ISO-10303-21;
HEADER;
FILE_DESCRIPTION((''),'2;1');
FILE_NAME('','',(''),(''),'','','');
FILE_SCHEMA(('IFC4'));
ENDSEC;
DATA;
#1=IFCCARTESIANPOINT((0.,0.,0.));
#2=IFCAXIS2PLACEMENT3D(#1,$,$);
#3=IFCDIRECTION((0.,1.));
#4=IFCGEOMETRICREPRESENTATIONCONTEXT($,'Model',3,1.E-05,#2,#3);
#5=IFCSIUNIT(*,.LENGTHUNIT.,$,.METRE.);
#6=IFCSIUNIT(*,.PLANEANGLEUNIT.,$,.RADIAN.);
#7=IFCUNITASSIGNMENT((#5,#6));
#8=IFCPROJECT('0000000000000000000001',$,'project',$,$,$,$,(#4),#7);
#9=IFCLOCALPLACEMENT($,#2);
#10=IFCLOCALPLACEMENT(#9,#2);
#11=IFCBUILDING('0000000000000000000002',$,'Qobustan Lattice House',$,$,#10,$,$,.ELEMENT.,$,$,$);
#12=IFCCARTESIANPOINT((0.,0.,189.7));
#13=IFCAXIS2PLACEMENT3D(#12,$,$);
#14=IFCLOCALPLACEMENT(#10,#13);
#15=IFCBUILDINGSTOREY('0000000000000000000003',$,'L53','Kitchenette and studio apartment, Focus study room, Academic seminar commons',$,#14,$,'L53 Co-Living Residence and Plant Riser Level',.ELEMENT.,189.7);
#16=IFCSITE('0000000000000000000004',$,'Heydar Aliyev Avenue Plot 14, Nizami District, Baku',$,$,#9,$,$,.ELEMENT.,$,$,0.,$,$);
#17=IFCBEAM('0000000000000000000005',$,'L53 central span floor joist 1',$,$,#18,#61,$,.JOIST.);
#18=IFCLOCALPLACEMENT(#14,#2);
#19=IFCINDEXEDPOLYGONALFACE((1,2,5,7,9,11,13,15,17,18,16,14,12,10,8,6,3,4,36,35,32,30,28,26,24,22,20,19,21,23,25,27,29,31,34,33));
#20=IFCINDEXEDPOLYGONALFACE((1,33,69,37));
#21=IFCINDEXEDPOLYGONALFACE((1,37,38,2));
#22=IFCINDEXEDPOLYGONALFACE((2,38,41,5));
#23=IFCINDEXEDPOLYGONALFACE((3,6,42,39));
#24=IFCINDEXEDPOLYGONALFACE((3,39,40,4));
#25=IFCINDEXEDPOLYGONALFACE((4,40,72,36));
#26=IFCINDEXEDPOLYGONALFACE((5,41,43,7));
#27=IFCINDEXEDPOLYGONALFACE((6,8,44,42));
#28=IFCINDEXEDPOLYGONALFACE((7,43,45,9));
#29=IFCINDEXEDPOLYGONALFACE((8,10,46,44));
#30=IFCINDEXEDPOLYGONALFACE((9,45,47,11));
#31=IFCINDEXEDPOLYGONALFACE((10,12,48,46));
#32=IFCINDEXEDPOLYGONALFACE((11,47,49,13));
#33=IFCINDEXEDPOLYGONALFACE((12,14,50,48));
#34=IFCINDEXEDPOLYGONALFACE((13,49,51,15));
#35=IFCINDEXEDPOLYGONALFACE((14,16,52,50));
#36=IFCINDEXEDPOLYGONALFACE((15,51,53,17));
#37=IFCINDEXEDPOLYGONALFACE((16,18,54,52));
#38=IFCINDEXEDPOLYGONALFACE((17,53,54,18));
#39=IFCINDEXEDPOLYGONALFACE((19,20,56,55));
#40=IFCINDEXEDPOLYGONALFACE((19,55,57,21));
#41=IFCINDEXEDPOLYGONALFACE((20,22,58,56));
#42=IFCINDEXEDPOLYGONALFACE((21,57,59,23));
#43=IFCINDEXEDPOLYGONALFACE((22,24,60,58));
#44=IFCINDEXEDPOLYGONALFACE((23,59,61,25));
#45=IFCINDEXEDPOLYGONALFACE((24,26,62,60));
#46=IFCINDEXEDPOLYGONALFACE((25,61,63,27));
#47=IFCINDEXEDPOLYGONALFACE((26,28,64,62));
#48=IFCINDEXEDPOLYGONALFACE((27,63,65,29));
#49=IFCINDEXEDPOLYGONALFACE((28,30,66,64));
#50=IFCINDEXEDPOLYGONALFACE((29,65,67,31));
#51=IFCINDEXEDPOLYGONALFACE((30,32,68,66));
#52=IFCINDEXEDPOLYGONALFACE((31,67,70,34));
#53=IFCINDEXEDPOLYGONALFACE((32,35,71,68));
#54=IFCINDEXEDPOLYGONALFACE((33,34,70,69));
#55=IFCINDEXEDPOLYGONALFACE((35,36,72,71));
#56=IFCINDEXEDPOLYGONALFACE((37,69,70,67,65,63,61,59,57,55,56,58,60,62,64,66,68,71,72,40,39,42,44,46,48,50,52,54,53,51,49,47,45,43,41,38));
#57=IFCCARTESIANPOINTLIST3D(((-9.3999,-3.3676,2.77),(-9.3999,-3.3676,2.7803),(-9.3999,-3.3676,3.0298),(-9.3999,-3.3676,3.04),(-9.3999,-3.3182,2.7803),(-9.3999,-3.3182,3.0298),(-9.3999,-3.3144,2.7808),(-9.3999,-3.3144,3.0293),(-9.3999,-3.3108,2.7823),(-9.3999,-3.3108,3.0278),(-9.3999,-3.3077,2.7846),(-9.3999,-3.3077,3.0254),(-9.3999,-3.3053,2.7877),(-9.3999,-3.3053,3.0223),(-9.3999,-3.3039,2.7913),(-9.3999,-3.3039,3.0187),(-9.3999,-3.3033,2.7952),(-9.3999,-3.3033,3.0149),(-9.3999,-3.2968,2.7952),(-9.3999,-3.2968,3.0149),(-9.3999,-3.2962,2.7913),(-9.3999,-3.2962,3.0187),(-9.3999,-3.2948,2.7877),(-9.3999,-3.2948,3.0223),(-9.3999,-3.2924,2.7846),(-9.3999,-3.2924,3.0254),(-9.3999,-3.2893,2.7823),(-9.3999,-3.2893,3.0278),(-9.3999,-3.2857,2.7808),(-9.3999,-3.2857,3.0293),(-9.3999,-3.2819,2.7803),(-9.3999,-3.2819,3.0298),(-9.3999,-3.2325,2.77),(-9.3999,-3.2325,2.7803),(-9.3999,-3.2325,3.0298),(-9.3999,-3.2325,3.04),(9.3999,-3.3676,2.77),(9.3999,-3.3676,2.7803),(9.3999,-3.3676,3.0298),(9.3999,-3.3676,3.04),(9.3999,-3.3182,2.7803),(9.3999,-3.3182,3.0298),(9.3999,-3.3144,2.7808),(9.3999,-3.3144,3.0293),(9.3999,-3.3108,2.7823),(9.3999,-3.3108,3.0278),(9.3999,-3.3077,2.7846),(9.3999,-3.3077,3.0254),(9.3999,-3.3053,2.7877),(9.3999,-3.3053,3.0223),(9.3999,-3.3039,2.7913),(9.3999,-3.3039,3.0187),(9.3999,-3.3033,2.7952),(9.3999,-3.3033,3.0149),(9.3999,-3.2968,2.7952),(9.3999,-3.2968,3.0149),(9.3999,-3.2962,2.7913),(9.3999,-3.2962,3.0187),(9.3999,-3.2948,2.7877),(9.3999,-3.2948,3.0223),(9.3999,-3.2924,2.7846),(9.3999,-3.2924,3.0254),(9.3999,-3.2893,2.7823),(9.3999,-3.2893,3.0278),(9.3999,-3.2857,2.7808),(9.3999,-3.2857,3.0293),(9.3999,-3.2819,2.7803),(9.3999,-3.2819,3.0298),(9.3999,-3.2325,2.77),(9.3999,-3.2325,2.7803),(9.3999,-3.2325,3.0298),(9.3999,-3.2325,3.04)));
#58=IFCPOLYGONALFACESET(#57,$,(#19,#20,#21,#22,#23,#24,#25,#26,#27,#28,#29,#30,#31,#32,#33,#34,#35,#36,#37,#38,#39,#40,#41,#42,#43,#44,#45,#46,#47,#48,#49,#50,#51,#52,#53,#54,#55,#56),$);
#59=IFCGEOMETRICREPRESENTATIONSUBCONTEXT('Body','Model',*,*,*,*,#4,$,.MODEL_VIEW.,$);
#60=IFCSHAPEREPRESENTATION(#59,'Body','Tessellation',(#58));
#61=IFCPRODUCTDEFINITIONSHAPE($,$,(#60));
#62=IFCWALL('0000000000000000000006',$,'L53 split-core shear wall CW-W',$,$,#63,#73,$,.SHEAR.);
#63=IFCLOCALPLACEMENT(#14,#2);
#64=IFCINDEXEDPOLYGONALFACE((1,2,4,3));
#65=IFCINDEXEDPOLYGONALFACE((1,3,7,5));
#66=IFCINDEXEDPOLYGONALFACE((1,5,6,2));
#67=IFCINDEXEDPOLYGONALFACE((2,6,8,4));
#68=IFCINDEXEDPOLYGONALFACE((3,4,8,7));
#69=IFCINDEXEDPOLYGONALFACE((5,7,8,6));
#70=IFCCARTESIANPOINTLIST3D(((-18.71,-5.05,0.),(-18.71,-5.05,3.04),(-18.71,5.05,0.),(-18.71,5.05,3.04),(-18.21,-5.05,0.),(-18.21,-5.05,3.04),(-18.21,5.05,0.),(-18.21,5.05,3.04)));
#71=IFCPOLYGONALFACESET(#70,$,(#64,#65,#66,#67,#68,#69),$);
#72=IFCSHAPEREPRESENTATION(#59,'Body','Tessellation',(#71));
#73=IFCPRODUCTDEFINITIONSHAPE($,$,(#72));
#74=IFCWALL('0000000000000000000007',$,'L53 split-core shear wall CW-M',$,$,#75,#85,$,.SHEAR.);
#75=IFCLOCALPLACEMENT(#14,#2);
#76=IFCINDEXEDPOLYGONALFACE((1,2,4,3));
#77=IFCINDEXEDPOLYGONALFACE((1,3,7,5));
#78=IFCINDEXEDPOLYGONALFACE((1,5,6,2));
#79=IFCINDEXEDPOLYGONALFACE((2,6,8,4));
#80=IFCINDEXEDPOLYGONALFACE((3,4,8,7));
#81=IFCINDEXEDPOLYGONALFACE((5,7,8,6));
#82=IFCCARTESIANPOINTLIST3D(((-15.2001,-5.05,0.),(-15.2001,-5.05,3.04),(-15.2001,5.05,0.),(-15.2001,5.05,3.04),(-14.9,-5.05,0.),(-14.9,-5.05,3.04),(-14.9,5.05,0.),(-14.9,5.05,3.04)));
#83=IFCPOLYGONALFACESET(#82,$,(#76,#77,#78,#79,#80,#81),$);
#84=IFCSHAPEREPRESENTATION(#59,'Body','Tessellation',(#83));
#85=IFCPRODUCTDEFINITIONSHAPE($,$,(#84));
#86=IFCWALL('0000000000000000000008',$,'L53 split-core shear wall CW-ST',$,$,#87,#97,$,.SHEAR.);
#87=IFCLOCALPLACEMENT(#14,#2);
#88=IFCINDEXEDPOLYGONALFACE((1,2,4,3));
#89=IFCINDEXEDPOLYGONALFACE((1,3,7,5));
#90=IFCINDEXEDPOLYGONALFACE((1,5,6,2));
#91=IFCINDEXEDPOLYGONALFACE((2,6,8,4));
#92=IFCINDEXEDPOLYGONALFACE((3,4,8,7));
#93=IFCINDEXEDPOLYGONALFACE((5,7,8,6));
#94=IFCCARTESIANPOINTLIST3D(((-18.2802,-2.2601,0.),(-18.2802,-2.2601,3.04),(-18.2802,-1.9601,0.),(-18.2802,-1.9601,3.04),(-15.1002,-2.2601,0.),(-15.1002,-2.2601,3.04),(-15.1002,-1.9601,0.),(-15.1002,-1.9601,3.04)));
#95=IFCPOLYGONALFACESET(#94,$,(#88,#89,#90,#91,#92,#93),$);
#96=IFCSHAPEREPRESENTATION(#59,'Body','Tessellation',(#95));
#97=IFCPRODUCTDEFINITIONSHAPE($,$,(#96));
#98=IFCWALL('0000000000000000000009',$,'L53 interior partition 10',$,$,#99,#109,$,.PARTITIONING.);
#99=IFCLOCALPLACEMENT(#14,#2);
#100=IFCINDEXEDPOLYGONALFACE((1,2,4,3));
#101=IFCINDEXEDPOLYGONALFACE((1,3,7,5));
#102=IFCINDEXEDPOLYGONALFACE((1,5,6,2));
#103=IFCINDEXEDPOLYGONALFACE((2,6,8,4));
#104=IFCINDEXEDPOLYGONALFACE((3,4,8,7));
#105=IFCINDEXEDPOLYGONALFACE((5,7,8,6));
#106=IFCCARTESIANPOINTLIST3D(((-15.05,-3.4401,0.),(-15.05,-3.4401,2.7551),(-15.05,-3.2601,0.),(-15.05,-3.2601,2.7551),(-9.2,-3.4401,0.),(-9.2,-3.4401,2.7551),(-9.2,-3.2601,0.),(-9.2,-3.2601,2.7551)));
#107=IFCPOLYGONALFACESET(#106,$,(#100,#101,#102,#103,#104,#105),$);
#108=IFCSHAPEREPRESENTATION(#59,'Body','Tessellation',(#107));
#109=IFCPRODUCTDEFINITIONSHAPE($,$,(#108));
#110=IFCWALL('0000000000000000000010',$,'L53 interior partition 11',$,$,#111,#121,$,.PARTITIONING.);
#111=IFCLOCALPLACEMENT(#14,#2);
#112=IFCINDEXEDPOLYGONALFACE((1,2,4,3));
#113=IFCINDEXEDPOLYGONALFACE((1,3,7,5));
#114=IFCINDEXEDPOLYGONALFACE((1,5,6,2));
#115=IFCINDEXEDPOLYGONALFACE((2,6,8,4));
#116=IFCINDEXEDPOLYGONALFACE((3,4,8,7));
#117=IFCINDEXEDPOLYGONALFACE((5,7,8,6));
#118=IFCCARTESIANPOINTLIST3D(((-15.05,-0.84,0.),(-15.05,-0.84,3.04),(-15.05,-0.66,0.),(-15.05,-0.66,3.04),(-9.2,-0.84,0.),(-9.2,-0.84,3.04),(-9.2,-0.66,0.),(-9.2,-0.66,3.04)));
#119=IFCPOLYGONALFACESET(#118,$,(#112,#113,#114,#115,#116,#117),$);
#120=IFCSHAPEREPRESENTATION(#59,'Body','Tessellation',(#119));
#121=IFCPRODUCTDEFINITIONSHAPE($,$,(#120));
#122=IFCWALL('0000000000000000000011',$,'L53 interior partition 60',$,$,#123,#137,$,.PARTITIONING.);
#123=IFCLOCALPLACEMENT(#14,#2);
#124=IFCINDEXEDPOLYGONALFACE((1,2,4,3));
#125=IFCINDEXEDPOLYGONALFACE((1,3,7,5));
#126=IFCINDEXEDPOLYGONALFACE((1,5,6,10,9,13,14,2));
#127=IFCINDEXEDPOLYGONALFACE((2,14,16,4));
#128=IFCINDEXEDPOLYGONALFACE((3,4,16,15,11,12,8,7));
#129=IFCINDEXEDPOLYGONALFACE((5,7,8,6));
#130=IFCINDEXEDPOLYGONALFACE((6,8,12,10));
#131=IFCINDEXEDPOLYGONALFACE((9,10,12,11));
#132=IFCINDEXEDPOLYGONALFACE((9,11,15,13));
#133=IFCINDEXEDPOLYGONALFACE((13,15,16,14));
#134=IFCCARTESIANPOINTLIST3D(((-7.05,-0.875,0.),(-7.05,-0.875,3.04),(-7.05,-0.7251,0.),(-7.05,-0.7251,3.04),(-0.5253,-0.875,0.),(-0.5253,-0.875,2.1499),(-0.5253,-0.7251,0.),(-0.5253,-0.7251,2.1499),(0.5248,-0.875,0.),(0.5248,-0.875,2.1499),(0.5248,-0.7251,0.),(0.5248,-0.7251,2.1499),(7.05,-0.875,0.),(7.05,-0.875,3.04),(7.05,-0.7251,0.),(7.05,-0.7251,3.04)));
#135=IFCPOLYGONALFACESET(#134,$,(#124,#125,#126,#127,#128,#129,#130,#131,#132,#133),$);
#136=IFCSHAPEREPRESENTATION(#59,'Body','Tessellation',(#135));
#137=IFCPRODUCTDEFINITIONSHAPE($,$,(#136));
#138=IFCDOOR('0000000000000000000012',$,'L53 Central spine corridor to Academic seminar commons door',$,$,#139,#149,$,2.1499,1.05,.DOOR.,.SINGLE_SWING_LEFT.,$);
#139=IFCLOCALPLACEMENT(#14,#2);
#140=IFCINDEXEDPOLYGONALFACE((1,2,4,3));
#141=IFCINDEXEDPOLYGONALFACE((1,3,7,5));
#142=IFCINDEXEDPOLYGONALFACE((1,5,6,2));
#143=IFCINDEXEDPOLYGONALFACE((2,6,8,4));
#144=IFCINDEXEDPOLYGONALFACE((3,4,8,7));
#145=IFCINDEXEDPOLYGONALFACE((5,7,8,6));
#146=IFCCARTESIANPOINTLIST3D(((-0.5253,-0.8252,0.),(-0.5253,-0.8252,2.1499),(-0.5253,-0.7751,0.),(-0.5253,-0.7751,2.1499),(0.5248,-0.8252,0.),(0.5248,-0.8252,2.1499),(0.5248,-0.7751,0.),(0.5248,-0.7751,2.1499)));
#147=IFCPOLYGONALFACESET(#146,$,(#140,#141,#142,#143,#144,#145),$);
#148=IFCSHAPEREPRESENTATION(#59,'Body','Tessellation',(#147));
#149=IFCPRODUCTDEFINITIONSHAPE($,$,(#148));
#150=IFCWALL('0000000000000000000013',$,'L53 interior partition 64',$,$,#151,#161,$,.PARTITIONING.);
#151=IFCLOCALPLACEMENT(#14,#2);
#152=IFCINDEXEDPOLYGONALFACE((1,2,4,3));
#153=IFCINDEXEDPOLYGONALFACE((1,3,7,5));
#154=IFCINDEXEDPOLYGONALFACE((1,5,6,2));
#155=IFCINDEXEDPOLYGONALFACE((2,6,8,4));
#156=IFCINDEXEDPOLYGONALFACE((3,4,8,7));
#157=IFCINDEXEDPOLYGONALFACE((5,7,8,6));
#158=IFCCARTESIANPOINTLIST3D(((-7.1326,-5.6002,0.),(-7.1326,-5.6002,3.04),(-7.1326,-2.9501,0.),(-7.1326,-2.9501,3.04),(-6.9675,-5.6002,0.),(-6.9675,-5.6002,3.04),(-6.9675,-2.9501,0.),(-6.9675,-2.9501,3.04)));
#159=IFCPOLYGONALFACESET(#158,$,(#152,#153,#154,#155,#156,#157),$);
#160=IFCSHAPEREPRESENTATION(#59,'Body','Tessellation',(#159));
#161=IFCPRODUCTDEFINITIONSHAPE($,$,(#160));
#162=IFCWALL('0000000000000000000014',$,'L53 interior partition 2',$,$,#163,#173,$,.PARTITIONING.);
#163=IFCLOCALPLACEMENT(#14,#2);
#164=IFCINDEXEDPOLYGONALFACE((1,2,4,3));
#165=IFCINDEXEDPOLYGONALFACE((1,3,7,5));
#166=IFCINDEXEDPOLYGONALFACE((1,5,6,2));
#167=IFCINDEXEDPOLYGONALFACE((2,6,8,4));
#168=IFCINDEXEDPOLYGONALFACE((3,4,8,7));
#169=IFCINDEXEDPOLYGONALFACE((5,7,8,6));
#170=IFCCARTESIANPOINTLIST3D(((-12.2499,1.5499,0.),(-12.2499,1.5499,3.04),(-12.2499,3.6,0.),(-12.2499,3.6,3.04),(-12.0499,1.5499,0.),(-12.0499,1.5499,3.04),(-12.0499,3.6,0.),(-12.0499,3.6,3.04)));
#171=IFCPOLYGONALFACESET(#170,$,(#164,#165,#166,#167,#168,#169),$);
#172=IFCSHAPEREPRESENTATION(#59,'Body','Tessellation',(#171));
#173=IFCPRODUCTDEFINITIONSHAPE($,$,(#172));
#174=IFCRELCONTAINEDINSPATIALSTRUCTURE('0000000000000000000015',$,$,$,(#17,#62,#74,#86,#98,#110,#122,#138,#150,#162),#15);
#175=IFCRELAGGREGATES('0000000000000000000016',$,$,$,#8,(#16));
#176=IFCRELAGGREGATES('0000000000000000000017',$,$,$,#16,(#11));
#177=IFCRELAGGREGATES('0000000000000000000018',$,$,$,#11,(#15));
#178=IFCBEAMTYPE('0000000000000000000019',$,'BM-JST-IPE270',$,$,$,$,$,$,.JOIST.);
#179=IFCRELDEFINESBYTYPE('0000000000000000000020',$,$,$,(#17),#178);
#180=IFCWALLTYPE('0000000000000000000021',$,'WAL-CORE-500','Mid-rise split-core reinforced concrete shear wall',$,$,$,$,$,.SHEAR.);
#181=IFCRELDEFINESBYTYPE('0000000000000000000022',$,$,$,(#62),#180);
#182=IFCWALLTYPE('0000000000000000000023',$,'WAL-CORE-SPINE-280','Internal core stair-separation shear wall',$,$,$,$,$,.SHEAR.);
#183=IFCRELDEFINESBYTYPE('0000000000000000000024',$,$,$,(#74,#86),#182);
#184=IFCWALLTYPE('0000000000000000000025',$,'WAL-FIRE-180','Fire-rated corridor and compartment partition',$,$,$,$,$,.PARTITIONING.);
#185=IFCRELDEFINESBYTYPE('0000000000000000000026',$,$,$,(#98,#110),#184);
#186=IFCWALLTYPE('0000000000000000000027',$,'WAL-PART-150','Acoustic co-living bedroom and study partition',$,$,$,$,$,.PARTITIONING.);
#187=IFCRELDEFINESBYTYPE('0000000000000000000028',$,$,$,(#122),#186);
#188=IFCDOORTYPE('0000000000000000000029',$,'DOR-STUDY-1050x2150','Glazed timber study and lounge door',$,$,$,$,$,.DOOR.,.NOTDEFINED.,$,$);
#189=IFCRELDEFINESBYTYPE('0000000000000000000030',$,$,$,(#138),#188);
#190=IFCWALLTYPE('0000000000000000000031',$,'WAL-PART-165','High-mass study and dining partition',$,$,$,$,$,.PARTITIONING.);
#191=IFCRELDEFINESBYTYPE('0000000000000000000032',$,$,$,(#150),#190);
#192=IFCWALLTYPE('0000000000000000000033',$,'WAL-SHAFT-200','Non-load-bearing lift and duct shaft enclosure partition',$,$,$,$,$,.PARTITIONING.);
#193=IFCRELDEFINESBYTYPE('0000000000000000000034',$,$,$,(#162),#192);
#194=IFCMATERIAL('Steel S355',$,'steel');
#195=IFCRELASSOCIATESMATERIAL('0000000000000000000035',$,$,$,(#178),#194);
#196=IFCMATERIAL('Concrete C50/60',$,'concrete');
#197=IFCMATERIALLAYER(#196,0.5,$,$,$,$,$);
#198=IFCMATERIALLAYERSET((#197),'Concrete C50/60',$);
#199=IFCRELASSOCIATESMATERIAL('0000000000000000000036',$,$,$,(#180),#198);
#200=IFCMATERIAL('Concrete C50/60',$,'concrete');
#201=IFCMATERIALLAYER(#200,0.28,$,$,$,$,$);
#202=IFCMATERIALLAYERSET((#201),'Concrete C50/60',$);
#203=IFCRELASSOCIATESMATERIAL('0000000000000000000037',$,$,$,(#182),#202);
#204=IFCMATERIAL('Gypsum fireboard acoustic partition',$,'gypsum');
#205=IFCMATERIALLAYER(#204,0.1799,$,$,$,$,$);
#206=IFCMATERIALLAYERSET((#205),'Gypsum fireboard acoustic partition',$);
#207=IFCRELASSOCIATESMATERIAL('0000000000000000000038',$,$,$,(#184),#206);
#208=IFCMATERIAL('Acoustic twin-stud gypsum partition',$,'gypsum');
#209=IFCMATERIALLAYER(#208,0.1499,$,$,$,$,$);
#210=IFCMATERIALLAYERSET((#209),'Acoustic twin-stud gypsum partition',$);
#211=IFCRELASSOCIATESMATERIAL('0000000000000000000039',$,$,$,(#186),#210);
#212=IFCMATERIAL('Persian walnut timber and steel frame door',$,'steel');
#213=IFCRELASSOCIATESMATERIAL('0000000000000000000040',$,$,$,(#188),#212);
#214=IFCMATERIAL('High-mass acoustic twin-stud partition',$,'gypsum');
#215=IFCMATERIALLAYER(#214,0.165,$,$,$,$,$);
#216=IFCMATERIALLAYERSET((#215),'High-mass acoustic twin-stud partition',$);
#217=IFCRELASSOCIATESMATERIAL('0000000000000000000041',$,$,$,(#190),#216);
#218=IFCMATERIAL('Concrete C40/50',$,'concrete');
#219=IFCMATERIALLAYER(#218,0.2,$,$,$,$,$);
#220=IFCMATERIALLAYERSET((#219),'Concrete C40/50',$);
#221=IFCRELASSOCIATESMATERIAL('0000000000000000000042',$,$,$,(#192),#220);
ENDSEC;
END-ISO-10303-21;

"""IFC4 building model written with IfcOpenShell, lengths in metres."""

from ifc_helpers import new_model, si_unit, direction, frame, frame_2d, origin, origin_2d, place, context, subcontext, project, spatial, rectangle, i_section, extrude, material, layer, layer_set, material_profile, profile_set, type_object, element, fill, save


model = new_model("IFC4")

# Units and contexts
model_context = context("Model", 3, precision=1e-05, world=origin(), true_north=direction((0.0, 1.0)))
body_context = subcontext(model_context, "Body", "Model", "MODEL_VIEW")
ifc_project = project(units=[si_unit("LENGTHUNIT", "METRE"), si_unit("PLANEANGLEUNIT", "RADIAN")], contexts=[model_context])

# Site, building, storey
site_placement = place(None, origin())
site = spatial("IfcSite", under=ifc_project, at=site_placement, Name="Heydar Aliyev Avenue Plot 14, Nizami District, Baku", CompositionType="ELEMENT", RefElevation=0.0)
building_placement = place(site_placement, origin())
building = spatial("IfcBuilding", under=site, at=building_placement, Name="Qobustan Lattice House", CompositionType="ELEMENT")
storey_placement = place(building_placement, frame((0.0, 0.0, 189.7)))
storey = spatial("IfcBuildingStorey", under=building, at=storey_placement, Name="L53", Description="Kitchenette and studio apartment, Focus study room, Academic seminar commons", LongName="L53 Co-Living Residence and Plant Riser Level", CompositionType="ELEMENT", Elevation=189.7)

# Beam
ifc_material_1 = material(Name="Steel S355", Category="steel")
ifc_material_profile = material_profile(ifc_material_1, i_section(OverallWidth=0.135, OverallDepth=0.27, WebThickness=0.0066, FlangeThickness=0.0103, FilletRadius=0.0149, at=origin_2d()), Name="IPE270")
ifc_profile_set = profile_set([ifc_material_profile], Name="Steel S355")
beam_type = type_object("IfcBeamType", Name="BM-JST-IPE270", PredefinedType="JOIST", material=ifc_profile_set)
beam_placement = place(storey_placement, frame((-9.3999, -3.3, 2.905), z_axis=(1.0, 0.0, 0.0), x_axis=(0.0, 1.0, 0.0)))
element("IfcBeam", 1, at=beam_placement, inside=storey, type_object=beam_type, Name="L53 central span floor joist 1", PredefinedType="JOIST", context=body_context, shape_type="SweptSolid", body=[
    extrude(i_section(OverallWidth=0.135, OverallDepth=0.27, WebThickness=0.0066, FlangeThickness=0.0103, FilletRadius=0.0149, at=origin_2d()), origin(), (0.0, 0.0, 1.0), 18.7998),
])

# Wall
ifc_material_2 = material(Name="Concrete C50/60", Category="concrete")
ifc_layer_1 = layer(ifc_material_2, 0.5)
ifc_layer_set_1 = layer_set([ifc_layer_1], Name="Concrete C50/60")
wall_type_1 = type_object("IfcWallType", Name="WAL-CORE-500", Description="Mid-rise split-core reinforced concrete shear wall", PredefinedType="SHEAR", material=ifc_layer_set_1)
wall_1_placement = place(storey_placement, frame((-18.46, -5.05, 0.0), z_axis=(0.0, 0.0, 1.0), x_axis=(0.0, 1.0, 0.0)))
element("IfcWall", 2, at=wall_1_placement, inside=storey, type_object=wall_type_1, Name="L53 split-core shear wall CW-W", PredefinedType="SHEAR", context=body_context, shape_type="SweptSolid", body=[
    extrude(rectangle(XDim=10.1001, YDim=0.5, at=frame_2d((5.05, 0.0))), origin(), (0.0, 0.0, 1.0), 3.04),
])

# Walls
ifc_material_3 = material(Name="Concrete C50/60", Category="concrete")
ifc_layer_2 = layer(ifc_material_3, 0.28)
ifc_layer_set_2 = layer_set([ifc_layer_2], Name="Concrete C50/60")
wall_type_2 = type_object("IfcWallType", Name="WAL-CORE-SPINE-280", Description="Internal core stair-separation shear wall", PredefinedType="SHEAR", material=ifc_layer_set_2)
wall_2_placement = place(storey_placement, frame((-15.05, -5.05, 0.0), z_axis=(0.0, 0.0, 1.0), x_axis=(0.0, 1.0, 0.0)))
element("IfcWall", 3, at=wall_2_placement, inside=storey, type_object=wall_type_2, Name="L53 split-core shear wall CW-M", PredefinedType="SHEAR", context=body_context, shape_type="SweptSolid", body=[
    extrude(rectangle(XDim=10.1001, YDim=0.3, at=frame_2d((5.05, 0.0))), origin(), (0.0, 0.0, 1.0), 3.04),
])
wall_3_placement = place(storey_placement, frame((-18.28, -2.1101, 0.0), z_axis=(0.0, 0.0, 1.0), x_axis=(1.0, 0.0, 0.0)))
element("IfcWall", 4, at=wall_3_placement, inside=storey, type_object=wall_type_2, Name="L53 split-core shear wall CW-ST", PredefinedType="SHEAR", context=body_context, shape_type="SweptSolid", body=[
    extrude(rectangle(XDim=3.1799, YDim=0.3, at=frame_2d((1.5898, 0.0))), origin(), (0.0, 0.0, 1.0), 3.04),
])
ifc_material_4 = material(Name="Gypsum fireboard acoustic partition", Category="gypsum")
ifc_layer_3 = layer(ifc_material_4, 0.1799)
ifc_layer_set_3 = layer_set([ifc_layer_3], Name="Gypsum fireboard acoustic partition")
wall_type_3 = type_object("IfcWallType", Name="WAL-FIRE-180", Description="Fire-rated corridor and compartment partition", PredefinedType="PARTITIONING", material=ifc_layer_set_3)
wall_4_placement = place(storey_placement, frame((-15.05, -3.3501, 0.0), z_axis=(0.0, 0.0, 1.0), x_axis=(1.0, 0.0, 0.0)))
element("IfcWall", 5, at=wall_4_placement, inside=storey, type_object=wall_type_3, Name="L53 interior partition 10", PredefinedType="PARTITIONING", context=body_context, shape_type="SweptSolid", body=[
    extrude(rectangle(XDim=5.8501, YDim=0.1799, at=frame_2d((2.925, 0.0))), origin(), (0.0, 0.0, 1.0), 2.7551),
])
wall_5_placement = place(storey_placement, frame((-9.2, -0.75, 0.0), z_axis=(0.0, 0.0, 1.0), x_axis=(-1.0, 0.0, 0.0)))
element("IfcWall", 6, at=wall_5_placement, inside=storey, type_object=wall_type_3, Name="L53 interior partition 11", PredefinedType="PARTITIONING", context=body_context, shape_type="SweptSolid", body=[
    extrude(rectangle(XDim=5.8501, YDim=0.1799, at=frame_2d((2.925, 0.0))), origin(), (0.0, 0.0, 1.0), 3.04),
])

# Wall, opening, door
ifc_material_5 = material(Name="Acoustic twin-stud gypsum partition", Category="gypsum")
ifc_layer_4 = layer(ifc_material_5, 0.1499)
ifc_layer_set_4 = layer_set([ifc_layer_4], Name="Acoustic twin-stud gypsum partition")
wall_type_4 = type_object("IfcWallType", Name="WAL-PART-150", Description="Acoustic co-living bedroom and study partition", PredefinedType="PARTITIONING", material=ifc_layer_set_4)
wall_6_placement = place(storey_placement, frame((-7.05, -0.8, 0.0), z_axis=(0.0, 0.0, 1.0), x_axis=(1.0, 0.0, 0.0)))
wall_6 = element("IfcWall", 7, at=wall_6_placement, inside=storey, type_object=wall_type_4, Name="L53 interior partition 60", PredefinedType="PARTITIONING", context=body_context, shape_type="SweptSolid", body=[
    extrude(rectangle(XDim=14.1001, YDim=0.1499, at=frame_2d((7.05, 0.0))), origin(), (0.0, 0.0, 1.0), 3.04),
])
opening_1_placement = place(wall_6_placement, frame((6.5249, 0.0, 0.0)))
opening_1 = element("IfcOpeningElement", 8, at=opening_1_placement, cuts=wall_6, PredefinedType="OPENING", context=body_context, shape_type="SweptSolid", body=[
    extrude(rectangle(XDim=1.05, YDim=2.1499, at=frame_2d((0.5249, 1.075))), frame((0.0, 0.085, 0.0), z_axis=(0.0, -1.0, 0.0), x_axis=(1.0, 0.0, 0.0)), (0.0, 0.0, 1.0), 0.1699),
])
ifc_material_6 = material(Name="Persian walnut timber and steel frame door", Category="steel")
door_type_1 = type_object("IfcDoorType", Name="DOR-STUDY-1050x2150", Description="Glazed timber study and lounge door", OperationType="NOTDEFINED", PredefinedType="DOOR", material=ifc_material_6)
door_1_placement = place(opening_1_placement, origin())
door_1 = element("IfcDoor", 9, at=door_1_placement, inside=storey, type_object=door_type_1, Name="L53 Central spine corridor to Academic seminar commons door", OperationType="SINGLE_SWING_LEFT", OverallHeight=2.1499, OverallWidth=1.05, PredefinedType="DOOR", context=body_context, shape_type="SweptSolid", body=[
    extrude(rectangle(XDim=1.05, YDim=2.1499, at=frame_2d((0.5249, 1.075))), frame((0.0, 0.0249, 0.0), z_axis=(0.0, -1.0, 0.0), x_axis=(1.0, 0.0, 0.0)), (0.0, 0.0, 1.0), 0.05),
])
fill(opening_1, door_1)
ifc_material_7 = material(Name="High-mass acoustic twin-stud partition", Category="gypsum")
ifc_layer_5 = layer(ifc_material_7, 0.165)
ifc_layer_set_5 = layer_set([ifc_layer_5], Name="High-mass acoustic twin-stud partition")
wall_type_5 = type_object("IfcWallType", Name="WAL-PART-165", Description="High-mass study and dining partition", PredefinedType="PARTITIONING", material=ifc_layer_set_5)

# Walls
wall_7_placement = place(storey_placement, frame((-7.05, -2.95, 0.0), z_axis=(0.0, 0.0, 1.0), x_axis=(0.0, -1.0, 0.0)))
element("IfcWall", 10, at=wall_7_placement, inside=storey, type_object=wall_type_5, Name="L53 interior partition 64", PredefinedType="PARTITIONING", context=body_context, shape_type="SweptSolid", body=[
    extrude(rectangle(XDim=2.6501, YDim=0.165, at=frame_2d((1.3252, 0.0))), origin(), (0.0, 0.0, 1.0), 3.04),
])
ifc_material_8 = material(Name="Concrete C40/50", Category="concrete")
ifc_layer_6 = layer(ifc_material_8, 0.2)
ifc_layer_set_6 = layer_set([ifc_layer_6], Name="Concrete C40/50")
wall_type_6 = type_object("IfcWallType", Name="WAL-SHAFT-200", Description="Non-load-bearing lift and duct shaft enclosure partition", PredefinedType="PARTITIONING", material=ifc_layer_set_6)
wall_8_placement = place(storey_placement, frame((-12.1499, 1.55, 0.0), z_axis=(0.0, 0.0, 1.0), x_axis=(0.0, 1.0, 0.0)))
element("IfcWall", 11, at=wall_8_placement, inside=storey, type_object=wall_type_6, Name="L53 interior partition 2", PredefinedType="PARTITIONING", context=body_context, shape_type="SweptSolid", body=[
    extrude(rectangle(XDim=2.05, YDim=0.2, at=frame_2d((1.0249, 0.0))), origin(), (0.0, 0.0, 1.0), 3.04),
])

save(model, "model.ifc")
